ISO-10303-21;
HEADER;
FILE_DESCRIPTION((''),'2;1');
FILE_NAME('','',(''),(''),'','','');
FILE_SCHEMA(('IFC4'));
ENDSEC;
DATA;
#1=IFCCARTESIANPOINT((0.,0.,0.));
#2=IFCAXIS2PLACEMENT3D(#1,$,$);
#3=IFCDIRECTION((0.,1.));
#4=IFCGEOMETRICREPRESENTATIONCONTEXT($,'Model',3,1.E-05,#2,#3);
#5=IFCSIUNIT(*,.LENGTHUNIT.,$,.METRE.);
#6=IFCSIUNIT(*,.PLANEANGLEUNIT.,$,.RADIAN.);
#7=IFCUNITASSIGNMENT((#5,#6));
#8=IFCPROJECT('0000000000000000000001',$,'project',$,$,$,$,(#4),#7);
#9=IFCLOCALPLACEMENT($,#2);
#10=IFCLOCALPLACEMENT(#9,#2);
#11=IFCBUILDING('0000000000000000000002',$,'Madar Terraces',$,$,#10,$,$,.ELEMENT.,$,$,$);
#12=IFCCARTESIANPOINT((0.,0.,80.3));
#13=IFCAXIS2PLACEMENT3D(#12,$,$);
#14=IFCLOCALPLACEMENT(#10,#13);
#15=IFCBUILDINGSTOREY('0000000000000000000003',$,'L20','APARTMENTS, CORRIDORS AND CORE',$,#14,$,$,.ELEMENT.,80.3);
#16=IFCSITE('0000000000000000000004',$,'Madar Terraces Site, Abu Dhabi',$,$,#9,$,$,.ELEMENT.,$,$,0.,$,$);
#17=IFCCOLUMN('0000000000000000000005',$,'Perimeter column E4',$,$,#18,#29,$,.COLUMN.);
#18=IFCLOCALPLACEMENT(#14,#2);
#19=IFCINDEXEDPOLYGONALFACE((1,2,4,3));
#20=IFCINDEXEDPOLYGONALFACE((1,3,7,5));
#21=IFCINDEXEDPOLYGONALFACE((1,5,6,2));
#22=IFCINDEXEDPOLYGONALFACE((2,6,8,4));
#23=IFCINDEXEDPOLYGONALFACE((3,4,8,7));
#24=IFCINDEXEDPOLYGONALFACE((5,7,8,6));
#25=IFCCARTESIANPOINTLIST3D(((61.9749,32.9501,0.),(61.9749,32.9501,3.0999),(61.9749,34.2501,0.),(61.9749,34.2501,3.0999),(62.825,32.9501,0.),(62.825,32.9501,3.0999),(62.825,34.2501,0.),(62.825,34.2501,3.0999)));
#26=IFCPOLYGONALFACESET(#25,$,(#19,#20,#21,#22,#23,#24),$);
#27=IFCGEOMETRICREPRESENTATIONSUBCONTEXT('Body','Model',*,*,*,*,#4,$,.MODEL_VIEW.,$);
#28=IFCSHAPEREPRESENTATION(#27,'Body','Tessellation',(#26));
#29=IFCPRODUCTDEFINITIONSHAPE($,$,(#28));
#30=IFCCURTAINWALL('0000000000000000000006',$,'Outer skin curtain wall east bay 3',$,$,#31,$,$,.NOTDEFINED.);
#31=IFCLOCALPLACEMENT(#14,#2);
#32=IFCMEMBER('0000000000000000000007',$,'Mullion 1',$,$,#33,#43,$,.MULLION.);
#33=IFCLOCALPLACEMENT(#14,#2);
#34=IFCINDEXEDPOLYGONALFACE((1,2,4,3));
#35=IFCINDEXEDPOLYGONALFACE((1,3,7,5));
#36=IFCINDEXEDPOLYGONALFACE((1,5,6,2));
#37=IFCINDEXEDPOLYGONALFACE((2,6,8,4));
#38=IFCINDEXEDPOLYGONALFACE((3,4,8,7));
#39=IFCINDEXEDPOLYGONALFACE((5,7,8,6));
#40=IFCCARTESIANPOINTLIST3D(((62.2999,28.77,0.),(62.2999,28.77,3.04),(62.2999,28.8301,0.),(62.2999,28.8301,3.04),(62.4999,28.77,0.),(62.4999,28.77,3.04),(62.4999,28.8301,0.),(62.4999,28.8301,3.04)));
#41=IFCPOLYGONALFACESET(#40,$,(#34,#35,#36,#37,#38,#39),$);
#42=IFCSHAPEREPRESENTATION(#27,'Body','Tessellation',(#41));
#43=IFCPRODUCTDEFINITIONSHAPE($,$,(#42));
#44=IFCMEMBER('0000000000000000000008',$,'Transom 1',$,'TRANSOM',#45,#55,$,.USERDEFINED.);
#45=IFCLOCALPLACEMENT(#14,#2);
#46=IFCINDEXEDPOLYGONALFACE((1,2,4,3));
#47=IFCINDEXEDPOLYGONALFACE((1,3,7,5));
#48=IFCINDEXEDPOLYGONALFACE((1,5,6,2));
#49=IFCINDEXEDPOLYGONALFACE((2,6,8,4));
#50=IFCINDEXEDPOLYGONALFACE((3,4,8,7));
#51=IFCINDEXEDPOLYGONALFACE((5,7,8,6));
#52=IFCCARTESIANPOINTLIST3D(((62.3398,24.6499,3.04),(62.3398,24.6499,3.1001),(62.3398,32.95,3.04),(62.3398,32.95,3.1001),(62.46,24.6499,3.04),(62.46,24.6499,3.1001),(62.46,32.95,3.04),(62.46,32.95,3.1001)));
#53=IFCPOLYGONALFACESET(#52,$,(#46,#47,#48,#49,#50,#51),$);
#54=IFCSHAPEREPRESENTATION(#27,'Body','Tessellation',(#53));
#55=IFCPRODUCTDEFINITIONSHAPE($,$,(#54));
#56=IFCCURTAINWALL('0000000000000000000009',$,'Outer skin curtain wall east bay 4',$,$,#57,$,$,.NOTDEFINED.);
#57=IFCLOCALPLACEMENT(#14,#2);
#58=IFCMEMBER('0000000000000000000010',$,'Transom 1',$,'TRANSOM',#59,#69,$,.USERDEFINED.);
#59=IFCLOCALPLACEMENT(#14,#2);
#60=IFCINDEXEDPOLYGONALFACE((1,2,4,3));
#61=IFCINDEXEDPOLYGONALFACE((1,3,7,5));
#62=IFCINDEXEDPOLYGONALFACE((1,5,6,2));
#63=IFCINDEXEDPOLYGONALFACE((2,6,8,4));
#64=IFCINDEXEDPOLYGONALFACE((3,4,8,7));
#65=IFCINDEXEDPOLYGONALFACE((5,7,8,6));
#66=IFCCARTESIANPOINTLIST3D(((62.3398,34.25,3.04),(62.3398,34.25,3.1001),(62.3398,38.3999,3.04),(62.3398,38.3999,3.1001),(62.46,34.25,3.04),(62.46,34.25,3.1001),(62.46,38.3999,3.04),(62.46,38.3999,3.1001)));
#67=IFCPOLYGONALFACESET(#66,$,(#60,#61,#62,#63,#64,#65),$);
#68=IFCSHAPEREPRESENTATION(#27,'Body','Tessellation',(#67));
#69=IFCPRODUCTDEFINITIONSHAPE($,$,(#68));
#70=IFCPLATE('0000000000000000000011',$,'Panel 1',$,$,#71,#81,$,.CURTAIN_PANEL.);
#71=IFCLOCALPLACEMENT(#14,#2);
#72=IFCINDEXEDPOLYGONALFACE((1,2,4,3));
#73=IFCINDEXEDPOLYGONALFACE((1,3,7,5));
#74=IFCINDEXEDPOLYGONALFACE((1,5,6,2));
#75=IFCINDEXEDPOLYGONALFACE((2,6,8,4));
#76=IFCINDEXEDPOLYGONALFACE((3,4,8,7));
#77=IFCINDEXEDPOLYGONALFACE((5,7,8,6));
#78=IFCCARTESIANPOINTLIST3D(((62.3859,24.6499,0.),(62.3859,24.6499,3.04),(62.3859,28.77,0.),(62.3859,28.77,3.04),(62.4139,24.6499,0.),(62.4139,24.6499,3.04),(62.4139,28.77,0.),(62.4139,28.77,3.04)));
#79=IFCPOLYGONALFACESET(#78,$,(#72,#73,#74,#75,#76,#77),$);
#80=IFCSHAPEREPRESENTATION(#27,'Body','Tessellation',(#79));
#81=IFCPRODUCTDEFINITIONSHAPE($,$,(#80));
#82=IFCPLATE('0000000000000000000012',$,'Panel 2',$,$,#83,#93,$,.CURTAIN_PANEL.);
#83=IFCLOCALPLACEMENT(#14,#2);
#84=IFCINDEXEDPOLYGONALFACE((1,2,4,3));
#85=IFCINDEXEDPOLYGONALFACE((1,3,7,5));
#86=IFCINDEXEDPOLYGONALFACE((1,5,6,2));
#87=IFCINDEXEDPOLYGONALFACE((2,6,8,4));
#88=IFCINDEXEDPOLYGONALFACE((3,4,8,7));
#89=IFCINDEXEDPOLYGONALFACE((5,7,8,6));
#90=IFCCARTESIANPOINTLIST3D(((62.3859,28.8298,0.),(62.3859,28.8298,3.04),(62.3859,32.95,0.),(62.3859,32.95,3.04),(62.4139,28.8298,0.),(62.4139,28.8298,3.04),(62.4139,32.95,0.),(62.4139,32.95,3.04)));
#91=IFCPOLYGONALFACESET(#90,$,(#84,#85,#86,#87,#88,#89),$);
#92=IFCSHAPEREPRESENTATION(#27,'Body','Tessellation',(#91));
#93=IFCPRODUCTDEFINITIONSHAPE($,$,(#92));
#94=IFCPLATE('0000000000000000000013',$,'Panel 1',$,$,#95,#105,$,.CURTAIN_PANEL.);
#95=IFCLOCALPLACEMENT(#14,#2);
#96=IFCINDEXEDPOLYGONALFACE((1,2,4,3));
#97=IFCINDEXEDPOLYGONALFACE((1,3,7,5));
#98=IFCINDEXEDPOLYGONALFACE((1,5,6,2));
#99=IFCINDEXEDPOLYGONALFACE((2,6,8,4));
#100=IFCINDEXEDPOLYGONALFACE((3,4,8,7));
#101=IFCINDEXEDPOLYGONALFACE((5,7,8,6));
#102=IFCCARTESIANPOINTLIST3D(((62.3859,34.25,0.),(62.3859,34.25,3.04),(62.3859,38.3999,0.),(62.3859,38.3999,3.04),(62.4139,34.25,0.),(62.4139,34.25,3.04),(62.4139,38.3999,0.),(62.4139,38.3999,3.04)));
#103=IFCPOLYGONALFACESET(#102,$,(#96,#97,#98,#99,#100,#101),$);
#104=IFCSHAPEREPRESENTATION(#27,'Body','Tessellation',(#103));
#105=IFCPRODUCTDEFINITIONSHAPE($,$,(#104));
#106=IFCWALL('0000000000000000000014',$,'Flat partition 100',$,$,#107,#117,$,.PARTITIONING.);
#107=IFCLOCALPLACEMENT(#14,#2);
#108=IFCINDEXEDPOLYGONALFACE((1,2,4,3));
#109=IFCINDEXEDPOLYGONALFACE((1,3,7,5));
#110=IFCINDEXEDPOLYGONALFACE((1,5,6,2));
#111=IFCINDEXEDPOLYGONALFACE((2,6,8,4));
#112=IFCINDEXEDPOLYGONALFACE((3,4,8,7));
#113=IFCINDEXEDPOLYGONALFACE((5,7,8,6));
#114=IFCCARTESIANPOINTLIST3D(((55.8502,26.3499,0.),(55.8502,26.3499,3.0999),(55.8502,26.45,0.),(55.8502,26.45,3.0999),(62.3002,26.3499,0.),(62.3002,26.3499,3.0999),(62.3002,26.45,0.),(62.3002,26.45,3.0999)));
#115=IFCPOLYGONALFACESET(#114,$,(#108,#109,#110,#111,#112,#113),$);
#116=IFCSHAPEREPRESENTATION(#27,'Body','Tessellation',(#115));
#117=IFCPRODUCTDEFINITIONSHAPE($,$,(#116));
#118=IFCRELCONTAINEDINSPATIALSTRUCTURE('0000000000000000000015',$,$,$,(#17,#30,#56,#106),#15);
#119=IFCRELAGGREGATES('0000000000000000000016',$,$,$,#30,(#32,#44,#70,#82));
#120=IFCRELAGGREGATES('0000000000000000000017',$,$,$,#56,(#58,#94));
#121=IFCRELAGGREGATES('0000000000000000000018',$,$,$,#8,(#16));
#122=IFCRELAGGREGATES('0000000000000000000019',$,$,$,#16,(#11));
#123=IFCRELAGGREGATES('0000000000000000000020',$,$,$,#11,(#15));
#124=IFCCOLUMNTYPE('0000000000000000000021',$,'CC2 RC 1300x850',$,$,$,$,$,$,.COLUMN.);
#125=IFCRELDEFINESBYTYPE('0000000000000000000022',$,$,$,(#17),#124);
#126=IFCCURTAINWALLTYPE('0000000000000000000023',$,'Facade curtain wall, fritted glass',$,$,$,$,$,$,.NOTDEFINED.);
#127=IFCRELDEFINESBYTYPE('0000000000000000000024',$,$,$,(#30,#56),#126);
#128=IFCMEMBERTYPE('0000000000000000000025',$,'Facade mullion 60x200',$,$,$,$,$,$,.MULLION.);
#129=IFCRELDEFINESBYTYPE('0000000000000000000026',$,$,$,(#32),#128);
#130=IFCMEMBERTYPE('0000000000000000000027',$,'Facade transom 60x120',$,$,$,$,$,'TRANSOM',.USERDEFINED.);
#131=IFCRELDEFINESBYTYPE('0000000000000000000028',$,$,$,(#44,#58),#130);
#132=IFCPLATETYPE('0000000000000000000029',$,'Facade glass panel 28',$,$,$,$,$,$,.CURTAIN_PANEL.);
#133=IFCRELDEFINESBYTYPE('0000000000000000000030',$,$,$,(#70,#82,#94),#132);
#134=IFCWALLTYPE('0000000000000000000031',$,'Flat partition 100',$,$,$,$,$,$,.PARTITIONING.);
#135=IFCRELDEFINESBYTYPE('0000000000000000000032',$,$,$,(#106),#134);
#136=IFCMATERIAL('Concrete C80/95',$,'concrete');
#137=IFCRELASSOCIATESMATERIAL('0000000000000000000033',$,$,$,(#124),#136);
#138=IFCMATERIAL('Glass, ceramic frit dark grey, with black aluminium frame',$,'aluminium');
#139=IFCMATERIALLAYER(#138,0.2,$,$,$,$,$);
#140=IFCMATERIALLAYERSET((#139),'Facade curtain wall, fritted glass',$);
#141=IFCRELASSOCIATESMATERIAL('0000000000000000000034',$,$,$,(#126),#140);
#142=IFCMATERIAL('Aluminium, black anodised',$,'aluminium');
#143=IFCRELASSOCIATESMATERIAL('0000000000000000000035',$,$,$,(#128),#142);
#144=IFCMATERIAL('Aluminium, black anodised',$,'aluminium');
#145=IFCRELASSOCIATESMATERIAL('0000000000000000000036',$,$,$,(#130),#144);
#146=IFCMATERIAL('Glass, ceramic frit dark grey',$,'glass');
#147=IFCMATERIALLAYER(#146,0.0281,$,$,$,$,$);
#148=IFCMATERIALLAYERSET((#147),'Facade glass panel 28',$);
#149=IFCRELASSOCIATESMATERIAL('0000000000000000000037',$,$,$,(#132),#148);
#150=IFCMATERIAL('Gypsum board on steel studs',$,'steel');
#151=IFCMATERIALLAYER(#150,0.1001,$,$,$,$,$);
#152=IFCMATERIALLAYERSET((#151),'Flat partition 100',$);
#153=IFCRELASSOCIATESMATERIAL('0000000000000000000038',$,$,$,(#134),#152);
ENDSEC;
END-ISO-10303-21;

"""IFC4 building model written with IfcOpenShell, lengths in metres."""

from ifc_helpers import new_model, si_unit, direction, frame, frame_2d, origin, origin_2d, place, context, subcontext, project, spatial, rectangle, extrude, material, layer, layer_set, material_profile, profile_set, type_object, element, aggregate, save


model = new_model("IFC4")

# Units and contexts
model_context = context("Model", 3, precision=1e-05, world=origin(), true_north=direction((0.0, 1.0)))
body_context = subcontext(model_context, "Body", "Model", "MODEL_VIEW")
ifc_project = project(units=[si_unit("LENGTHUNIT", "METRE"), si_unit("PLANEANGLEUNIT", "RADIAN")], contexts=[model_context])

# Site, building, storey
site_placement = place(None, origin())
site = spatial("IfcSite", under=ifc_project, at=site_placement, Name="Madar Terraces Site, Abu Dhabi", CompositionType="ELEMENT", RefElevation=0.0)
building_placement = place(site_placement, origin())
building = spatial("IfcBuilding", under=site, at=building_placement, Name="Madar Terraces", CompositionType="ELEMENT")
storey_placement = place(building_placement, frame((0.0, 0.0, 80.3)))
storey = spatial("IfcBuildingStorey", under=building, at=storey_placement, Name="L20", Description="APARTMENTS, CORRIDORS AND CORE", CompositionType="ELEMENT", Elevation=80.3)

# Column
ifc_material_1 = material(Name="Concrete C80/95", Category="concrete")
ifc_material_profile_1 = material_profile(ifc_material_1, rectangle(XDim=1.3, YDim=0.8501, at=origin_2d()), Name="CC2 RC 1300x850")
ifc_profile_set_1 = profile_set([ifc_material_profile_1], Name="Concrete C80/95")
column_type = type_object("IfcColumnType", Name="CC2 RC 1300x850", PredefinedType="COLUMN", material=ifc_profile_set_1)
column_placement = place(storey_placement, frame((62.3999, 33.6001, 0.0), z_axis=(0.0, 0.0, 1.0), x_axis=(0.0, 1.0, 0.0)))
element("IfcColumn", 1, at=column_placement, inside=storey, type_object=column_type, Name="Perimeter column E4", PredefinedType="COLUMN", context=body_context, shape_type="SweptSolid", body=[
    extrude(rectangle(XDim=1.3, YDim=0.8501, at=origin_2d()), origin(), (0.0, 0.0, 1.0), 3.0999),
])

# Curtain wall, members
ifc_material_2 = material(Name="Glass, ceramic frit dark grey, with black aluminium frame", Category="aluminium")
ifc_layer_1 = layer(ifc_material_2, 0.2)
ifc_layer_set_1 = layer_set([ifc_layer_1], Name="Facade curtain wall, fritted glass")
curtain_wall_type = type_object("IfcCurtainWallType", Name="Facade curtain wall, fritted glass", PredefinedType="NOTDEFINED", material=ifc_layer_set_1)
curtain_wall_1_placement = place(storey_placement, origin())
curtain_wall_1 = element("IfcCurtainWall", 2, at=curtain_wall_1_placement, inside=storey, type_object=curtain_wall_type, Name="Outer skin curtain wall east bay 3", PredefinedType="NOTDEFINED")
ifc_material_3 = material(Name="Aluminium, black anodised", Category="aluminium")
ifc_material_profile_2 = material_profile(ifc_material_3, rectangle(XDim=0.2, YDim=0.0601, at=origin_2d()), Name="Facade mullion 60x200")
ifc_profile_set_2 = profile_set([ifc_material_profile_2], Name="Aluminium, black anodised")
member_type_1 = type_object("IfcMemberType", Name="Facade mullion 60x200", PredefinedType="MULLION", material=ifc_profile_set_2)
member_1_placement = place(storey_placement, frame((62.3999, 28.8, 0.0), z_axis=(0.0, 0.0, 1.0), x_axis=(-1.0, 0.0, 0.0)))
member_1 = element("IfcMember", 3, at=member_1_placement, type_object=member_type_1, Name="Mullion 1", PredefinedType="MULLION", context=body_context, shape_type="SweptSolid", body=[
    extrude(rectangle(XDim=0.2, YDim=0.0601, at=origin_2d()), origin(), (0.0, 0.0, 1.0), 3.04),
])
ifc_material_4 = material(Name="Aluminium, black anodised", Category="aluminium")
ifc_material_profile_3 = material_profile(ifc_material_4, rectangle(XDim=0.1201, YDim=0.0601, at=origin_2d()), Name="Facade transom 60x120")
ifc_profile_set_3 = profile_set([ifc_material_profile_3], Name="Aluminium, black anodised")
member_type_2 = type_object("IfcMemberType", Name="Facade transom 60x120", ElementType="TRANSOM", PredefinedType="USERDEFINED", material=ifc_profile_set_3)
member_2_placement = place(storey_placement, frame((62.3999, 24.6499, 3.0701), z_axis=(0.0, 1.0, 0.0), x_axis=(-1.0, 0.0, 0.0)))
member_2 = element("IfcMember", 4, at=member_2_placement, type_object=member_type_2, Name="Transom 1", ObjectType="TRANSOM", PredefinedType="USERDEFINED", context=body_context, shape_type="SweptSolid", body=[
    extrude(rectangle(XDim=0.1201, YDim=0.0601, at=origin_2d()), origin(), (0.0, 0.0, 1.0), 8.3),
])

# Curtain wall, member
curtain_wall_2_placement = place(storey_placement, origin())
curtain_wall_2 = element("IfcCurtainWall", 5, at=curtain_wall_2_placement, inside=storey, type_object=curtain_wall_type, Name="Outer skin curtain wall east bay 4", PredefinedType="NOTDEFINED")
member_3_placement = place(storey_placement, frame((62.3999, 34.25, 3.0701), z_axis=(0.0, 1.0, 0.0), x_axis=(-1.0, 0.0, 0.0)))
member_3 = element("IfcMember", 6, at=member_3_placement, type_object=member_type_2, Name="Transom 1", ObjectType="TRANSOM", PredefinedType="USERDEFINED", context=body_context, shape_type="SweptSolid", body=[
    extrude(rectangle(XDim=0.1201, YDim=0.0601, at=origin_2d()), origin(), (0.0, 0.0, 1.0), 4.1499),
])

# Plates
ifc_material_5 = material(Name="Glass, ceramic frit dark grey", Category="glass")
ifc_layer_2 = layer(ifc_material_5, 0.0281)
ifc_layer_set_2 = layer_set([ifc_layer_2], Name="Facade glass panel 28")
plate_type = type_object("IfcPlateType", Name="Facade glass panel 28", PredefinedType="CURTAIN_PANEL", material=ifc_layer_set_2)
plate_1_placement = place(storey_placement, frame((62.3999, 26.71, 0.0), z_axis=(0.0, 0.0, 1.0), x_axis=(0.0, 1.0, 0.0)))
plate_1 = element("IfcPlate", 7, at=plate_1_placement, type_object=plate_type, Name="Panel 1", PredefinedType="CURTAIN_PANEL", context=body_context, shape_type="SweptSolid", body=[
    extrude(rectangle(XDim=4.1201, YDim=0.0281, at=origin_2d()), origin(), (0.0, 0.0, 1.0), 3.04),
])
plate_2_placement = place(storey_placement, frame((62.3999, 30.8899, 0.0), z_axis=(0.0, 0.0, 1.0), x_axis=(0.0, 1.0, 0.0)))
plate_2 = element("IfcPlate", 8, at=plate_2_placement, type_object=plate_type, Name="Panel 2", PredefinedType="CURTAIN_PANEL", context=body_context, shape_type="SweptSolid", body=[
    extrude(rectangle(XDim=4.1201, YDim=0.0281, at=origin_2d()), origin(), (0.0, 0.0, 1.0), 3.04),
])
aggregate(curtain_wall_1, [member_1, member_2, plate_1, plate_2])
plate_3_placement = place(storey_placement, frame((62.3999, 36.325, 0.0), z_axis=(0.0, 0.0, 1.0), x_axis=(0.0, 1.0, 0.0)))
plate_3 = element("IfcPlate", 9, at=plate_3_placement, type_object=plate_type, Name="Panel 1", PredefinedType="CURTAIN_PANEL", context=body_context, shape_type="SweptSolid", body=[
    extrude(rectangle(XDim=4.1499, YDim=0.0281, at=origin_2d()), origin(), (0.0, 0.0, 1.0), 3.04),
])
aggregate(curtain_wall_2, [member_3, plate_3])

# Wall
ifc_material_6 = material(Name="Gypsum board on steel studs", Category="steel")
ifc_layer_3 = layer(ifc_material_6, 0.1001)
ifc_layer_set_3 = layer_set([ifc_layer_3], Name="Flat partition 100")
wall_type_1 = type_object("IfcWallType", Name="Flat partition 100", PredefinedType="PARTITIONING", material=ifc_layer_set_3)
wall_1_placement = place(storey_placement, frame((55.8501, 26.3999, 0.0), z_axis=(0.0, 0.0, 1.0), x_axis=(1.0, 0.0, 0.0)))
element("IfcWall", 10, at=wall_1_placement, inside=storey, type_object=wall_type_1, Name="Flat partition 100", PredefinedType="PARTITIONING", context=body_context, shape_type="SweptSolid", body=[
    extrude(rectangle(XDim=6.45, YDim=0.1001, at=frame_2d((3.2251, 0.0))), origin(), (0.0, 0.0, 1.0), 3.0999),
])

save(model, "model.ifc")
